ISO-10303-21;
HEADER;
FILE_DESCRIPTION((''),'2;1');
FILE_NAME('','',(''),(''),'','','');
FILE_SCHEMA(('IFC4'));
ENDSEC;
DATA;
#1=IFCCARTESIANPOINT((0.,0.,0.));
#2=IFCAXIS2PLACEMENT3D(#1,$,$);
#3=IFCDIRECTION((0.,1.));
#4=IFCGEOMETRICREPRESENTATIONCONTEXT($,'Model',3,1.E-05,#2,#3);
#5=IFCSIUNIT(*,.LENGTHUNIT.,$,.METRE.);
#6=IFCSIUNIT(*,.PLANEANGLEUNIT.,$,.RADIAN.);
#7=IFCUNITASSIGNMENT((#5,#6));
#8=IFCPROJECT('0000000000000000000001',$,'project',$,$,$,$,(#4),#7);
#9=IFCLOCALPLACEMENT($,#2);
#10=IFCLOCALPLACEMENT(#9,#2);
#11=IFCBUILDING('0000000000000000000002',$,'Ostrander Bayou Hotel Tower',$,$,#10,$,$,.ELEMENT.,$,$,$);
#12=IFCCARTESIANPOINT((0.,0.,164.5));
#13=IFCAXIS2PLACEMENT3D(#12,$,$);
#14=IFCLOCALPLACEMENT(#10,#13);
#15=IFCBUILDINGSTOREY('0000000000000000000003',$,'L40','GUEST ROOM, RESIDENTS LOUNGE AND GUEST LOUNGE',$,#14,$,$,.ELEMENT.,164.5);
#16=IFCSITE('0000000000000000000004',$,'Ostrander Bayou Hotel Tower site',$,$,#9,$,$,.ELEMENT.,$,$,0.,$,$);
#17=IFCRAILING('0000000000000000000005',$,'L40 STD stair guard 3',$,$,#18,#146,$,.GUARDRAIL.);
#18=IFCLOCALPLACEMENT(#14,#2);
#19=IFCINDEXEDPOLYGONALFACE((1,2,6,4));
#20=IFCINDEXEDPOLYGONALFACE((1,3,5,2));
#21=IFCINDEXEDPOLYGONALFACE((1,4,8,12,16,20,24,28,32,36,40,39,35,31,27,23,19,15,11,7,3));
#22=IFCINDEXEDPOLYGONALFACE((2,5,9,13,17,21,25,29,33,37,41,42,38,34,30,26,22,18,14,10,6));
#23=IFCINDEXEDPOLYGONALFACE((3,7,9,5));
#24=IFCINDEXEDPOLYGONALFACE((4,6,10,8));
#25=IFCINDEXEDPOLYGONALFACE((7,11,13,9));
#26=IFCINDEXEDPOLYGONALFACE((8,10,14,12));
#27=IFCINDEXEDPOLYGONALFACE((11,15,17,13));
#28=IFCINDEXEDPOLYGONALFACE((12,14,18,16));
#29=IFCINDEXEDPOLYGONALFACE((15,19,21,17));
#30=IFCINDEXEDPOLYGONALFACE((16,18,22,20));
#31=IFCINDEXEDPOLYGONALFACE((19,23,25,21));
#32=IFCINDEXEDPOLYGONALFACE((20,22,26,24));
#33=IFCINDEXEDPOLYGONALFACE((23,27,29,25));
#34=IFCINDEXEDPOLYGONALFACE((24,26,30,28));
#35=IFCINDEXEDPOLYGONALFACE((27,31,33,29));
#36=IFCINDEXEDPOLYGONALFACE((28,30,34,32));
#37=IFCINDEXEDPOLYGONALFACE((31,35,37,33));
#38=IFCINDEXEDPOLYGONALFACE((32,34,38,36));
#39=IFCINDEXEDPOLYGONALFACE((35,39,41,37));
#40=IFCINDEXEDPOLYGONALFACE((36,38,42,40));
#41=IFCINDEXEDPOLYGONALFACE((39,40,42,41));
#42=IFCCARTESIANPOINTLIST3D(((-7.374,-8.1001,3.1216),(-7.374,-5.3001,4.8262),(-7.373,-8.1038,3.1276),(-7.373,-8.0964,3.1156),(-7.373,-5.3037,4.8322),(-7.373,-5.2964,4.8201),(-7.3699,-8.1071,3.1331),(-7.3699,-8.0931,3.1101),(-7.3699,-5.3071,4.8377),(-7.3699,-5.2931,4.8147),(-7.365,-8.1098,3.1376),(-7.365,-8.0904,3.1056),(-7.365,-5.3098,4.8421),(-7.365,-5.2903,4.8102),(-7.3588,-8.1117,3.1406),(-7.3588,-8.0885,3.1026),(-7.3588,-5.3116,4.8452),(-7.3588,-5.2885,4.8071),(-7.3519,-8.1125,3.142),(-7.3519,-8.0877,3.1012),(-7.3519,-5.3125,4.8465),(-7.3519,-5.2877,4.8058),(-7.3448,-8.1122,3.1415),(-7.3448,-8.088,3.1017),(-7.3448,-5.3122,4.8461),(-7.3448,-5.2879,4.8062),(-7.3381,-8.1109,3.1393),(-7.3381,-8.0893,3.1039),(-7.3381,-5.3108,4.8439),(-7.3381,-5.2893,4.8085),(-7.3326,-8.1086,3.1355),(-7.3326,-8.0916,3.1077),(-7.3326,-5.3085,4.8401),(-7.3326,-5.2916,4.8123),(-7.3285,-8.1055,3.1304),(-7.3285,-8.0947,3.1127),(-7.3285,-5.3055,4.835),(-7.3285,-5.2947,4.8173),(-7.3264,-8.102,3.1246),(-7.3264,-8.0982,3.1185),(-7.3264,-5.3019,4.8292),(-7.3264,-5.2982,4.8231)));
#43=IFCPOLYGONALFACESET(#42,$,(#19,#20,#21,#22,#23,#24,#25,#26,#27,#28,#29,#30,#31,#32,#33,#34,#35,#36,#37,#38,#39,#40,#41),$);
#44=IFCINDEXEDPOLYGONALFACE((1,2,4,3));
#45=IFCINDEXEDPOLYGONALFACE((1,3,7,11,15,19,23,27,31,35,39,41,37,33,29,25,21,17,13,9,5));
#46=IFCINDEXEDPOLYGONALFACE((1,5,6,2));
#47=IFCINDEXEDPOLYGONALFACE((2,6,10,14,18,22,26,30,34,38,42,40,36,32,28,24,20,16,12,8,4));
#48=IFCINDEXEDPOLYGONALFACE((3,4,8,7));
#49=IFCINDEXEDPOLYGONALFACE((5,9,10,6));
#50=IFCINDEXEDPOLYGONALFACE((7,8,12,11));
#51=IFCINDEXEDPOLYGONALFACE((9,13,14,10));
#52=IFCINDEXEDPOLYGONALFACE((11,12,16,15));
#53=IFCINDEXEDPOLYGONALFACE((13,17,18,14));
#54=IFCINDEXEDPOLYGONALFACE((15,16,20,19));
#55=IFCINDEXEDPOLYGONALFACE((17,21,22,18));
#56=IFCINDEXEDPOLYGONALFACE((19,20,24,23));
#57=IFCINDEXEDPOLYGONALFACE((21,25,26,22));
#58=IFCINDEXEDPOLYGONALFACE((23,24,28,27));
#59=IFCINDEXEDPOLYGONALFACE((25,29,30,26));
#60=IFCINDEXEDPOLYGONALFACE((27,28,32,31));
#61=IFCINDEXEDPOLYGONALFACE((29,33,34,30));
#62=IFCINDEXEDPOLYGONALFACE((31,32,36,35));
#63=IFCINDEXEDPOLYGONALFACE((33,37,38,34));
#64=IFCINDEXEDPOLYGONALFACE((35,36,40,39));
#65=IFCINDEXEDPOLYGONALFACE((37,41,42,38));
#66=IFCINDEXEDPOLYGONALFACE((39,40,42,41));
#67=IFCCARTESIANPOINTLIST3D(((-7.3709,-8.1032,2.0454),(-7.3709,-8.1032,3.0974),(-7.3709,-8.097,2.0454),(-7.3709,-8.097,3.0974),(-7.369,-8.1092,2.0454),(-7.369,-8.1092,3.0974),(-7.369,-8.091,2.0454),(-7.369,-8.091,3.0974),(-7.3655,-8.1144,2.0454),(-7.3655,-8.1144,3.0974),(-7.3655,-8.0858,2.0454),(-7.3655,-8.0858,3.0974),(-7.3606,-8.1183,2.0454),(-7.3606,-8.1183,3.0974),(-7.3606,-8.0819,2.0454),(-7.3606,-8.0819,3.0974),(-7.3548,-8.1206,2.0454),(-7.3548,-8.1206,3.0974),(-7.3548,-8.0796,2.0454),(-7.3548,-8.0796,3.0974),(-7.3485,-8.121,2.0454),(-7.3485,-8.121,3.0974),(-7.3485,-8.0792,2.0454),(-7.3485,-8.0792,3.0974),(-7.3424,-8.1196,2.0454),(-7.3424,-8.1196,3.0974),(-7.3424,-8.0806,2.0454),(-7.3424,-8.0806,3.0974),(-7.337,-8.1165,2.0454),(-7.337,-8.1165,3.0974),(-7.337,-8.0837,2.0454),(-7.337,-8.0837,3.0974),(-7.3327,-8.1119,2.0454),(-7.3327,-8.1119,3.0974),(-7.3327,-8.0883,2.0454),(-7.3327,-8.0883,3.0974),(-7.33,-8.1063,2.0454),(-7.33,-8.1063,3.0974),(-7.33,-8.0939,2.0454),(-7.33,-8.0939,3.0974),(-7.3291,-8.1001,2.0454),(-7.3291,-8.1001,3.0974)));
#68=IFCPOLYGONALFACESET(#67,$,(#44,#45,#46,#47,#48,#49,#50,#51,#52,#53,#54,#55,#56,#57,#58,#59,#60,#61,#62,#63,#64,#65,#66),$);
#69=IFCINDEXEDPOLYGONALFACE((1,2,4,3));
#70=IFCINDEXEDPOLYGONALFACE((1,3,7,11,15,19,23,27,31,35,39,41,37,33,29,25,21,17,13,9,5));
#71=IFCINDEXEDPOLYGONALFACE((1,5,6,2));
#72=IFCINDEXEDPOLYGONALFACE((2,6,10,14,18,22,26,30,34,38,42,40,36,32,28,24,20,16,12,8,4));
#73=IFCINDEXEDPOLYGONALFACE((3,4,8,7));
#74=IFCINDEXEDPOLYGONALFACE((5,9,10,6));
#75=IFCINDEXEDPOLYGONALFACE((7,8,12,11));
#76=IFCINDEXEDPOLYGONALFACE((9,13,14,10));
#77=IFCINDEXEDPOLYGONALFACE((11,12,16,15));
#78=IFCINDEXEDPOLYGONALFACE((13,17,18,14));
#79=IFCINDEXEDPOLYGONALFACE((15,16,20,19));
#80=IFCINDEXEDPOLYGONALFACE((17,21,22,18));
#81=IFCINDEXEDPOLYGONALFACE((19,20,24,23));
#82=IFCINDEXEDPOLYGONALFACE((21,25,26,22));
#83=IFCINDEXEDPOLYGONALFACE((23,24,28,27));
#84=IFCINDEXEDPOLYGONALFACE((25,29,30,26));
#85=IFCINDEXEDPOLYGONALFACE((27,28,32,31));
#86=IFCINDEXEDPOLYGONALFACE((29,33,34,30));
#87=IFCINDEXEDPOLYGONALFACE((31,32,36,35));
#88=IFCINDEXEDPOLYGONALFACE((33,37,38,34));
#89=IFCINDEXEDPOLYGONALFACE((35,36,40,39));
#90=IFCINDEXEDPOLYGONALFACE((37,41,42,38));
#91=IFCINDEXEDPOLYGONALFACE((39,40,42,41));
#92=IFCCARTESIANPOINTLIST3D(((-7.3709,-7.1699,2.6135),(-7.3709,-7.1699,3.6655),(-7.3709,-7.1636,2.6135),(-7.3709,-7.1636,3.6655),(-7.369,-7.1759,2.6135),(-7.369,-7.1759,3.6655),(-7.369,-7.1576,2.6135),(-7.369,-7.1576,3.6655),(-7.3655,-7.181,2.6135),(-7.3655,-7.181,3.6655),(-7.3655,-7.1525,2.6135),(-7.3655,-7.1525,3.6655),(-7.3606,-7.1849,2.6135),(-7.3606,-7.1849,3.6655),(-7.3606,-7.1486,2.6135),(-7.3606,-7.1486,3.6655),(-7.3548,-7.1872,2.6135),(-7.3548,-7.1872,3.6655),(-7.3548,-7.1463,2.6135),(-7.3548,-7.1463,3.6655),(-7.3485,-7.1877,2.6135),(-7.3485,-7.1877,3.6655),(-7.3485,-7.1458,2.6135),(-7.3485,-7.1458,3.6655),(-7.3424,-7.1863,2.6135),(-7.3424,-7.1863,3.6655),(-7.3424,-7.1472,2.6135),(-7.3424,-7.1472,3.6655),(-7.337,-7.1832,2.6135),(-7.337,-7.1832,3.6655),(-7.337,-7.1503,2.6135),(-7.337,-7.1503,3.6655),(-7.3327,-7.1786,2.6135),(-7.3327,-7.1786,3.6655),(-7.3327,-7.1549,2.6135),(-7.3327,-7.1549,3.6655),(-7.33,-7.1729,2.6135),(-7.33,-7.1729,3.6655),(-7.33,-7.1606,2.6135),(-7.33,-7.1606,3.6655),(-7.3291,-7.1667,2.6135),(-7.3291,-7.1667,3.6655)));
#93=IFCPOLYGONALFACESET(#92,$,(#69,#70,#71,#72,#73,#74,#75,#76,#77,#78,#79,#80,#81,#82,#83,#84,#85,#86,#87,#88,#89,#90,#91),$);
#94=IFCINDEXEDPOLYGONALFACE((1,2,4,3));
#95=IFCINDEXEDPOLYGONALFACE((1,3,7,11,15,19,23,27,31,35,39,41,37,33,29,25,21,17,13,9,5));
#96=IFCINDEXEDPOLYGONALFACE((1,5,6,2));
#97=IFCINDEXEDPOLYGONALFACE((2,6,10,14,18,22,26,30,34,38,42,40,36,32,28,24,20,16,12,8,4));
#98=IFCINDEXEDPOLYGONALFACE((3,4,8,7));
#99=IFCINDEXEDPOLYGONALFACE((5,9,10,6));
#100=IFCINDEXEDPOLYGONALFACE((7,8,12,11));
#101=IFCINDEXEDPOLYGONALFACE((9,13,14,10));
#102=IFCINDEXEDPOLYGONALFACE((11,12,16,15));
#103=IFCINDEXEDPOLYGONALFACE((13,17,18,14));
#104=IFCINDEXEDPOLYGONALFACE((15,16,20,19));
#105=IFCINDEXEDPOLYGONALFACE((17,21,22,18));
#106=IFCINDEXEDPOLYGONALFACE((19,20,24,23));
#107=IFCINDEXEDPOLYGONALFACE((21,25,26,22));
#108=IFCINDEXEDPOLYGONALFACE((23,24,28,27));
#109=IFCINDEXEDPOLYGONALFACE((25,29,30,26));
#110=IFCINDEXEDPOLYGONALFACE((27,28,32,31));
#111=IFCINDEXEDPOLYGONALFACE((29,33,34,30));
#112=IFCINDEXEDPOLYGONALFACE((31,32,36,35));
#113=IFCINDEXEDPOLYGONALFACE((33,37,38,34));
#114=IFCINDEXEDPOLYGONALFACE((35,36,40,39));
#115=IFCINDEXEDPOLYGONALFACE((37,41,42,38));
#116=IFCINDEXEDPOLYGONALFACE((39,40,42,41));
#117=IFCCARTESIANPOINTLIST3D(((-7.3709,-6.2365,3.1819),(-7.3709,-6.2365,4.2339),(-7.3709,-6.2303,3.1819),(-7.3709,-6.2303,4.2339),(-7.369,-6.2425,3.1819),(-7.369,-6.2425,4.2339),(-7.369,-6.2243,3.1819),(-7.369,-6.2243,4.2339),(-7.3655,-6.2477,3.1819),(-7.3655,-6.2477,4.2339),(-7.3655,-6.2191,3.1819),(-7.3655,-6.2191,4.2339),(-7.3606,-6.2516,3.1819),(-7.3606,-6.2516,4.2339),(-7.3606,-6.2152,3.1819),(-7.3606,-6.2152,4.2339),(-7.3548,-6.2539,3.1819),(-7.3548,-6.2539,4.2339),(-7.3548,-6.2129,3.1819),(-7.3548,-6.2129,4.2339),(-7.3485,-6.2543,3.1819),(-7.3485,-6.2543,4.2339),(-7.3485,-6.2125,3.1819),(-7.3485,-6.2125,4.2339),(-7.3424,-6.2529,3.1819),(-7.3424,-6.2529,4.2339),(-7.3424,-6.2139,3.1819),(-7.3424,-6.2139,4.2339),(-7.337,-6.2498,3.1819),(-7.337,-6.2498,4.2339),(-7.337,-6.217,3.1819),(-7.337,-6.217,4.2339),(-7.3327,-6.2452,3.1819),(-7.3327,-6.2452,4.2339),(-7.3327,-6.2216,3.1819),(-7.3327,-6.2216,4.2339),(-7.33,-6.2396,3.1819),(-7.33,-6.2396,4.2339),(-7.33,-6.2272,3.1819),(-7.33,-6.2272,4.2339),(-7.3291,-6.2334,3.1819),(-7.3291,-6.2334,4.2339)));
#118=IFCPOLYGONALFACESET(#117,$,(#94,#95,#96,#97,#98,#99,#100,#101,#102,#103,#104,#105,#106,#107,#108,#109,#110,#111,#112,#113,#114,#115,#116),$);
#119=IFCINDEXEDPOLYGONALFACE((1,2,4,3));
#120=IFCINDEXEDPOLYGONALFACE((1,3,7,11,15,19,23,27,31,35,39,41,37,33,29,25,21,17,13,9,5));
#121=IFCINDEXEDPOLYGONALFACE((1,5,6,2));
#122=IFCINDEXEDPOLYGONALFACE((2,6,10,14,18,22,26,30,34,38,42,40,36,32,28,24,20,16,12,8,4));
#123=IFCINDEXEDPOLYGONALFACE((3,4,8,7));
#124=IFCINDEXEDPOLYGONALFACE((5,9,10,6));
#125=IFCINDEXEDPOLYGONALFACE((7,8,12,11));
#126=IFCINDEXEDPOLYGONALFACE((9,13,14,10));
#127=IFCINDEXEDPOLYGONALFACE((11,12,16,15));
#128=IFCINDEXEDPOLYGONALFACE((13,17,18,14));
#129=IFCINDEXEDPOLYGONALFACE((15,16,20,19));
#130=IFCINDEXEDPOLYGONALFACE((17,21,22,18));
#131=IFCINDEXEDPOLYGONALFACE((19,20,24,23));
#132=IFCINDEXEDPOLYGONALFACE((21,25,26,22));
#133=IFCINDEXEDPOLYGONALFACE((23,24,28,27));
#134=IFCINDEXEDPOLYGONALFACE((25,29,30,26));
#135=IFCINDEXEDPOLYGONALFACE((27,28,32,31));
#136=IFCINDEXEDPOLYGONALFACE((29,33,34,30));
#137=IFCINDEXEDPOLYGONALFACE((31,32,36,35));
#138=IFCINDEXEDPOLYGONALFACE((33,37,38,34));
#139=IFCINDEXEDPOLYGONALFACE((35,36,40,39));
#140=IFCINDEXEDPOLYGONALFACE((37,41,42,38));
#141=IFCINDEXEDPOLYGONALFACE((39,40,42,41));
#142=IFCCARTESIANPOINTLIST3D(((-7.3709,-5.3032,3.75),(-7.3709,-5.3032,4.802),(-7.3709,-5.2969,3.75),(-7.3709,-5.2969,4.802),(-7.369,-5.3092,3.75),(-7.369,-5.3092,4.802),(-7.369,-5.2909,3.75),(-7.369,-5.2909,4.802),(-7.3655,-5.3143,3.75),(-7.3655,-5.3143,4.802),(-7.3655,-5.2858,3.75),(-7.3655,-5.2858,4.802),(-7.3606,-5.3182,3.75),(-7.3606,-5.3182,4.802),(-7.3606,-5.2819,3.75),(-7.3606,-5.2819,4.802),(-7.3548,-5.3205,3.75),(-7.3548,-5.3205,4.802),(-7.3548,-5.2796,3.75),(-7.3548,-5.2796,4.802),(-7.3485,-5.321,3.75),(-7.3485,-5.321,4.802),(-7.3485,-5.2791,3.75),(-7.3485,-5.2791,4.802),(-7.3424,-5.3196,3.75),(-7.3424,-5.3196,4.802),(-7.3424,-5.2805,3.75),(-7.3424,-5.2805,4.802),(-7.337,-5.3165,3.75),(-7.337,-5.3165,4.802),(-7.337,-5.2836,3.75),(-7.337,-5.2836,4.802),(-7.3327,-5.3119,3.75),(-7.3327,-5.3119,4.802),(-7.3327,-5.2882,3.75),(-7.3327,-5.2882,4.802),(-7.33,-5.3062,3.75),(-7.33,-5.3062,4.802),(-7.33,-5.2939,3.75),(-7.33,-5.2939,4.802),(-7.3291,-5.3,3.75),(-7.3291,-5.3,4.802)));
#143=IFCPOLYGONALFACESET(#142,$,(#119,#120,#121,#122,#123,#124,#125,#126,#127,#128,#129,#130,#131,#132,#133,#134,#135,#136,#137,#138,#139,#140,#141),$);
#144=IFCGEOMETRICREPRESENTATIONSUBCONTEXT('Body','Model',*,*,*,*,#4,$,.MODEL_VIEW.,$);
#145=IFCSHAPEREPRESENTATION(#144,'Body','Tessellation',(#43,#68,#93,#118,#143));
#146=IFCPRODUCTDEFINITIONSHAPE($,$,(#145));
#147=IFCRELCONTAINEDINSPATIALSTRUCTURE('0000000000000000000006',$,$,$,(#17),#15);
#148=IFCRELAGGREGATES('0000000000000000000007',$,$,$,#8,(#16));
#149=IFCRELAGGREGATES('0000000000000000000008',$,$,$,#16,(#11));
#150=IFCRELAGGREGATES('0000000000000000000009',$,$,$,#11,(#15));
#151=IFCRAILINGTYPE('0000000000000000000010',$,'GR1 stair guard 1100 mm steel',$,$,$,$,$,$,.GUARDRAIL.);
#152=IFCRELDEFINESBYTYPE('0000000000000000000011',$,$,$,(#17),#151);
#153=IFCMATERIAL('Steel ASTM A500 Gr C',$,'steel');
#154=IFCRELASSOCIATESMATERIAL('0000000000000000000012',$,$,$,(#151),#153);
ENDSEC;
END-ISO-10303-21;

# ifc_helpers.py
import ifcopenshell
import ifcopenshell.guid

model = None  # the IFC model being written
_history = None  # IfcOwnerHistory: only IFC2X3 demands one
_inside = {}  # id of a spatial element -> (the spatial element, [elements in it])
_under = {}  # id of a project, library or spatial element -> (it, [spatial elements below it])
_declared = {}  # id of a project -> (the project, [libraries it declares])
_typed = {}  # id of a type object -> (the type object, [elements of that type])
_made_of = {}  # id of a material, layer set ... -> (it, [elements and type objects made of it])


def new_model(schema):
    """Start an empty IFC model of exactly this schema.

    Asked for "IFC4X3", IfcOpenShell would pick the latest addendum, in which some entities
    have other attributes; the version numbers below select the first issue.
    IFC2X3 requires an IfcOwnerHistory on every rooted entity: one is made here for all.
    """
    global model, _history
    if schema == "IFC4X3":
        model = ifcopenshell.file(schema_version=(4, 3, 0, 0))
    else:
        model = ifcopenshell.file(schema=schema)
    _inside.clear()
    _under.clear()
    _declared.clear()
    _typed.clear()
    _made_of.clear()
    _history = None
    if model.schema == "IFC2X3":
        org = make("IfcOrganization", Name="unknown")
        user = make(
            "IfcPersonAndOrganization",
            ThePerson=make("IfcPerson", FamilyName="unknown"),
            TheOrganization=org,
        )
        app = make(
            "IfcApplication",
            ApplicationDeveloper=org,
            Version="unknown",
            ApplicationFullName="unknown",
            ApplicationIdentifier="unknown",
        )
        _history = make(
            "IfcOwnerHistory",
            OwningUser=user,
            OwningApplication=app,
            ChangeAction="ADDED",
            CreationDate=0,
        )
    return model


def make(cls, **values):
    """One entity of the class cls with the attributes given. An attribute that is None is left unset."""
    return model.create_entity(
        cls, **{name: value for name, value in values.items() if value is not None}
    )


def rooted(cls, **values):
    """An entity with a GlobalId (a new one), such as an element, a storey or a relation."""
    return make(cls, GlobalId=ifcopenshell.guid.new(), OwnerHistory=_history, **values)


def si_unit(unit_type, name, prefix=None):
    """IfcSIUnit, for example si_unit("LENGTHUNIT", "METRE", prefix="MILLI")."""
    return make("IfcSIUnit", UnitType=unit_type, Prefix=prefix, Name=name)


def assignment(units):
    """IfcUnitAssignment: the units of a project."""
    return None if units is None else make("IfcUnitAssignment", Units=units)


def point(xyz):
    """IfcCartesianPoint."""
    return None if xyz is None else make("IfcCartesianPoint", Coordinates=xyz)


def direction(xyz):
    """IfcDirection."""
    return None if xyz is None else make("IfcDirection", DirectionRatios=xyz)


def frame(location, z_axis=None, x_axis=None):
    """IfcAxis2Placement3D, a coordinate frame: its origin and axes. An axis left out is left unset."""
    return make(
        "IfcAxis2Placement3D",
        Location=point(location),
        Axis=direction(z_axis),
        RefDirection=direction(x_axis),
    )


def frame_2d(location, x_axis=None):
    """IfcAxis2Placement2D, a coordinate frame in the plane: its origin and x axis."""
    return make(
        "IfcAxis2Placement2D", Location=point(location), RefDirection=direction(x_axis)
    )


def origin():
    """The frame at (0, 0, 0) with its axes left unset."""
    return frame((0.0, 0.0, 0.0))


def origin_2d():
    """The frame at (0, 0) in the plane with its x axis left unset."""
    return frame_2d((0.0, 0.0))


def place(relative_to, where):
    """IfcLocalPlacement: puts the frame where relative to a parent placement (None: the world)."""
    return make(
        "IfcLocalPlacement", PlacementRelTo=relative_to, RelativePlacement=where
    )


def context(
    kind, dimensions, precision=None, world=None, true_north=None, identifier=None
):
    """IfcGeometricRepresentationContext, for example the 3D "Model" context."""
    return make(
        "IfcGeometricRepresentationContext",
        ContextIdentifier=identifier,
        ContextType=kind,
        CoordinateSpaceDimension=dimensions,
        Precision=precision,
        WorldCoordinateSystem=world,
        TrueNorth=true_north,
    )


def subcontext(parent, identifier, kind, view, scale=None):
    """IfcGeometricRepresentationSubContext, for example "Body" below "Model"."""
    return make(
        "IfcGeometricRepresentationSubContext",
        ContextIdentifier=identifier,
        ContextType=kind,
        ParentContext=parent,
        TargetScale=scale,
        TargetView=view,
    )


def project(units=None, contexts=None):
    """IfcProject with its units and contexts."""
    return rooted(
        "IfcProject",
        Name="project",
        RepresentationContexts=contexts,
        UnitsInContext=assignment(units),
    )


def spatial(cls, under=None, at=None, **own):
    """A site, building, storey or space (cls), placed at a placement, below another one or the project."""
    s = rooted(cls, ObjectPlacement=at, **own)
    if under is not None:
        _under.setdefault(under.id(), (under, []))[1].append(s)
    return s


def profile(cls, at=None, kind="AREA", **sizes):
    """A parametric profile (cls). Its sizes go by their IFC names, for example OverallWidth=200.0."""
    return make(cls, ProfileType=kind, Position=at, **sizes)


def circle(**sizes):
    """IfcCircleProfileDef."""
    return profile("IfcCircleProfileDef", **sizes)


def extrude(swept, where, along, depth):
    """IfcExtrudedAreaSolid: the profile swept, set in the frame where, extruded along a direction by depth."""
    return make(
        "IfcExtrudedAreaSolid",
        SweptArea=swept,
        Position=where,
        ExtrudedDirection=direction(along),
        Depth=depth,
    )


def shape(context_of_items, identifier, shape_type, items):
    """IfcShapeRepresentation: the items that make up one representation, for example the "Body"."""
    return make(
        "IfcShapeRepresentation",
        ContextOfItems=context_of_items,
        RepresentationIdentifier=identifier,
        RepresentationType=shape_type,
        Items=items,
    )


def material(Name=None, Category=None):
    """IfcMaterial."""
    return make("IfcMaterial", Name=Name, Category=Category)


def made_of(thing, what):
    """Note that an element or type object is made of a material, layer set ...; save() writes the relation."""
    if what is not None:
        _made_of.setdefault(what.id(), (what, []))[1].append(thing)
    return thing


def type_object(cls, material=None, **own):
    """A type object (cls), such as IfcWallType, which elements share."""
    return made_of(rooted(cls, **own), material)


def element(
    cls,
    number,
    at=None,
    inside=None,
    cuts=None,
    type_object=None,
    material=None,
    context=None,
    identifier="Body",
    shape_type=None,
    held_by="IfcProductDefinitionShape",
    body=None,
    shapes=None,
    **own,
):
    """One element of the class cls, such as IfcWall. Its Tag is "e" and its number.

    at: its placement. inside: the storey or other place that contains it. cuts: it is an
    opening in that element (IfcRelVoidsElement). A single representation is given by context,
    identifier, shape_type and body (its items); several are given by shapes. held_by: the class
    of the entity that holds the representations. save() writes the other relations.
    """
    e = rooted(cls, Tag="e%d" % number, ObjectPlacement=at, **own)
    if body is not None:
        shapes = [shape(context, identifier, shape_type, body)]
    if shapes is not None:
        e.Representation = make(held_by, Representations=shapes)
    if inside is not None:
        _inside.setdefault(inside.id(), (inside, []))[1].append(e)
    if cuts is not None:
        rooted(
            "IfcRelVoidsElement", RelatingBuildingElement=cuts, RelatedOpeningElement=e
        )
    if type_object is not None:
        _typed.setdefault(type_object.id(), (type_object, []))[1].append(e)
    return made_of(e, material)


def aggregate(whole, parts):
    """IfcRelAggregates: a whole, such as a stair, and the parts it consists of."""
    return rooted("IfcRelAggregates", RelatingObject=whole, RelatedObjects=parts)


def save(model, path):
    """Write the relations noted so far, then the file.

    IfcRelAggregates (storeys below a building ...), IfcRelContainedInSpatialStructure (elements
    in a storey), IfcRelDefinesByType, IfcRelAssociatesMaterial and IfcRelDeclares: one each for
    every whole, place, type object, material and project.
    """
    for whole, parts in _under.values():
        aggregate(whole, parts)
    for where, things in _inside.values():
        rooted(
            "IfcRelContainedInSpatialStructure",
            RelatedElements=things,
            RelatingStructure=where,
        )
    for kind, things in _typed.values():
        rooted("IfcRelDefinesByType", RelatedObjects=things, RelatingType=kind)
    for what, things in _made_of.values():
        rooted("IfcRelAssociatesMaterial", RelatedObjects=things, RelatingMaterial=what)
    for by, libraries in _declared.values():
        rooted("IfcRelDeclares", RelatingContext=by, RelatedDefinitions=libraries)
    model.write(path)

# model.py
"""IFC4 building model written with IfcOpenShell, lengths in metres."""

from ifc_helpers import new_model, si_unit, direction, frame, origin, origin_2d, place, context, subcontext, project, spatial, circle, extrude, material, type_object, element, save


model = new_model("IFC4")

# Units and contexts
model_context = context("Model", 3, precision=1e-05, world=origin(), true_north=direction((0.0, 1.0)))
body_context = subcontext(model_context, "Body", "Model", "MODEL_VIEW")
ifc_project = project(units=[si_unit("LENGTHUNIT", "METRE"), si_unit("PLANEANGLEUNIT", "RADIAN")], contexts=[model_context])

# Site, building, storey
site_placement = place(None, origin())
site = spatial("IfcSite", under=ifc_project, at=site_placement, Name="Ostrander Bayou Hotel Tower site", CompositionType="ELEMENT", RefElevation=0.0)
building_placement = place(site_placement, origin())
building = spatial("IfcBuilding", under=site, at=building_placement, Name="Ostrander Bayou Hotel Tower", CompositionType="ELEMENT")
storey_placement = place(building_placement, frame((0.0, 0.0, 164.5)))
storey = spatial("IfcBuildingStorey", under=building, at=storey_placement, Name="L40", Description="GUEST ROOM, RESIDENTS LOUNGE AND GUEST LOUNGE", CompositionType="ELEMENT", Elevation=164.5)

# Railing
ifc_material_1 = material(Name="Steel ASTM A500 Gr C", Category="steel")
railing_type_1 = type_object("IfcRailingType", Name="GR1 stair guard 1100 mm steel", PredefinedType="GUARDRAIL", material=ifc_material_1)
railing_1_placement = place(storey_placement, frame((-7.3501, -8.1001, 2.0454)))
element("IfcRailing", 1, at=railing_1_placement, inside=storey, type_object=railing_type_1, Name="L40 STD stair guard 3", PredefinedType="GUARDRAIL", context=body_context, shape_type="SweptSolid", body=[
    extrude(circle(Radius=0.0239, at=origin_2d()), frame((0.0, 0.0, 1.0762), z_axis=(0.0, 0.85417, 0.519994), x_axis=(-1.0, 0.0, 0.0)), (0.0, 0.0, 1.0), 3.2781),
    extrude(circle(Radius=0.021, at=origin_2d()), origin(), (0.0, 0.0, 1.0), 1.052),
    extrude(circle(Radius=0.021, at=origin_2d()), frame((0.0, 0.9333, 0.5681)), (0.0, 0.0, 1.0), 1.052),
    extrude(circle(Radius=0.021, at=origin_2d()), frame((0.0, 1.8667, 1.1365)), (0.0, 0.0, 1.0), 1.052),
    extrude(circle(Radius=0.021, at=origin_2d()), frame((0.0, 2.8, 1.7046)), (0.0, 0.0, 1.0), 1.052),
])

save(model, "model.ifc")
